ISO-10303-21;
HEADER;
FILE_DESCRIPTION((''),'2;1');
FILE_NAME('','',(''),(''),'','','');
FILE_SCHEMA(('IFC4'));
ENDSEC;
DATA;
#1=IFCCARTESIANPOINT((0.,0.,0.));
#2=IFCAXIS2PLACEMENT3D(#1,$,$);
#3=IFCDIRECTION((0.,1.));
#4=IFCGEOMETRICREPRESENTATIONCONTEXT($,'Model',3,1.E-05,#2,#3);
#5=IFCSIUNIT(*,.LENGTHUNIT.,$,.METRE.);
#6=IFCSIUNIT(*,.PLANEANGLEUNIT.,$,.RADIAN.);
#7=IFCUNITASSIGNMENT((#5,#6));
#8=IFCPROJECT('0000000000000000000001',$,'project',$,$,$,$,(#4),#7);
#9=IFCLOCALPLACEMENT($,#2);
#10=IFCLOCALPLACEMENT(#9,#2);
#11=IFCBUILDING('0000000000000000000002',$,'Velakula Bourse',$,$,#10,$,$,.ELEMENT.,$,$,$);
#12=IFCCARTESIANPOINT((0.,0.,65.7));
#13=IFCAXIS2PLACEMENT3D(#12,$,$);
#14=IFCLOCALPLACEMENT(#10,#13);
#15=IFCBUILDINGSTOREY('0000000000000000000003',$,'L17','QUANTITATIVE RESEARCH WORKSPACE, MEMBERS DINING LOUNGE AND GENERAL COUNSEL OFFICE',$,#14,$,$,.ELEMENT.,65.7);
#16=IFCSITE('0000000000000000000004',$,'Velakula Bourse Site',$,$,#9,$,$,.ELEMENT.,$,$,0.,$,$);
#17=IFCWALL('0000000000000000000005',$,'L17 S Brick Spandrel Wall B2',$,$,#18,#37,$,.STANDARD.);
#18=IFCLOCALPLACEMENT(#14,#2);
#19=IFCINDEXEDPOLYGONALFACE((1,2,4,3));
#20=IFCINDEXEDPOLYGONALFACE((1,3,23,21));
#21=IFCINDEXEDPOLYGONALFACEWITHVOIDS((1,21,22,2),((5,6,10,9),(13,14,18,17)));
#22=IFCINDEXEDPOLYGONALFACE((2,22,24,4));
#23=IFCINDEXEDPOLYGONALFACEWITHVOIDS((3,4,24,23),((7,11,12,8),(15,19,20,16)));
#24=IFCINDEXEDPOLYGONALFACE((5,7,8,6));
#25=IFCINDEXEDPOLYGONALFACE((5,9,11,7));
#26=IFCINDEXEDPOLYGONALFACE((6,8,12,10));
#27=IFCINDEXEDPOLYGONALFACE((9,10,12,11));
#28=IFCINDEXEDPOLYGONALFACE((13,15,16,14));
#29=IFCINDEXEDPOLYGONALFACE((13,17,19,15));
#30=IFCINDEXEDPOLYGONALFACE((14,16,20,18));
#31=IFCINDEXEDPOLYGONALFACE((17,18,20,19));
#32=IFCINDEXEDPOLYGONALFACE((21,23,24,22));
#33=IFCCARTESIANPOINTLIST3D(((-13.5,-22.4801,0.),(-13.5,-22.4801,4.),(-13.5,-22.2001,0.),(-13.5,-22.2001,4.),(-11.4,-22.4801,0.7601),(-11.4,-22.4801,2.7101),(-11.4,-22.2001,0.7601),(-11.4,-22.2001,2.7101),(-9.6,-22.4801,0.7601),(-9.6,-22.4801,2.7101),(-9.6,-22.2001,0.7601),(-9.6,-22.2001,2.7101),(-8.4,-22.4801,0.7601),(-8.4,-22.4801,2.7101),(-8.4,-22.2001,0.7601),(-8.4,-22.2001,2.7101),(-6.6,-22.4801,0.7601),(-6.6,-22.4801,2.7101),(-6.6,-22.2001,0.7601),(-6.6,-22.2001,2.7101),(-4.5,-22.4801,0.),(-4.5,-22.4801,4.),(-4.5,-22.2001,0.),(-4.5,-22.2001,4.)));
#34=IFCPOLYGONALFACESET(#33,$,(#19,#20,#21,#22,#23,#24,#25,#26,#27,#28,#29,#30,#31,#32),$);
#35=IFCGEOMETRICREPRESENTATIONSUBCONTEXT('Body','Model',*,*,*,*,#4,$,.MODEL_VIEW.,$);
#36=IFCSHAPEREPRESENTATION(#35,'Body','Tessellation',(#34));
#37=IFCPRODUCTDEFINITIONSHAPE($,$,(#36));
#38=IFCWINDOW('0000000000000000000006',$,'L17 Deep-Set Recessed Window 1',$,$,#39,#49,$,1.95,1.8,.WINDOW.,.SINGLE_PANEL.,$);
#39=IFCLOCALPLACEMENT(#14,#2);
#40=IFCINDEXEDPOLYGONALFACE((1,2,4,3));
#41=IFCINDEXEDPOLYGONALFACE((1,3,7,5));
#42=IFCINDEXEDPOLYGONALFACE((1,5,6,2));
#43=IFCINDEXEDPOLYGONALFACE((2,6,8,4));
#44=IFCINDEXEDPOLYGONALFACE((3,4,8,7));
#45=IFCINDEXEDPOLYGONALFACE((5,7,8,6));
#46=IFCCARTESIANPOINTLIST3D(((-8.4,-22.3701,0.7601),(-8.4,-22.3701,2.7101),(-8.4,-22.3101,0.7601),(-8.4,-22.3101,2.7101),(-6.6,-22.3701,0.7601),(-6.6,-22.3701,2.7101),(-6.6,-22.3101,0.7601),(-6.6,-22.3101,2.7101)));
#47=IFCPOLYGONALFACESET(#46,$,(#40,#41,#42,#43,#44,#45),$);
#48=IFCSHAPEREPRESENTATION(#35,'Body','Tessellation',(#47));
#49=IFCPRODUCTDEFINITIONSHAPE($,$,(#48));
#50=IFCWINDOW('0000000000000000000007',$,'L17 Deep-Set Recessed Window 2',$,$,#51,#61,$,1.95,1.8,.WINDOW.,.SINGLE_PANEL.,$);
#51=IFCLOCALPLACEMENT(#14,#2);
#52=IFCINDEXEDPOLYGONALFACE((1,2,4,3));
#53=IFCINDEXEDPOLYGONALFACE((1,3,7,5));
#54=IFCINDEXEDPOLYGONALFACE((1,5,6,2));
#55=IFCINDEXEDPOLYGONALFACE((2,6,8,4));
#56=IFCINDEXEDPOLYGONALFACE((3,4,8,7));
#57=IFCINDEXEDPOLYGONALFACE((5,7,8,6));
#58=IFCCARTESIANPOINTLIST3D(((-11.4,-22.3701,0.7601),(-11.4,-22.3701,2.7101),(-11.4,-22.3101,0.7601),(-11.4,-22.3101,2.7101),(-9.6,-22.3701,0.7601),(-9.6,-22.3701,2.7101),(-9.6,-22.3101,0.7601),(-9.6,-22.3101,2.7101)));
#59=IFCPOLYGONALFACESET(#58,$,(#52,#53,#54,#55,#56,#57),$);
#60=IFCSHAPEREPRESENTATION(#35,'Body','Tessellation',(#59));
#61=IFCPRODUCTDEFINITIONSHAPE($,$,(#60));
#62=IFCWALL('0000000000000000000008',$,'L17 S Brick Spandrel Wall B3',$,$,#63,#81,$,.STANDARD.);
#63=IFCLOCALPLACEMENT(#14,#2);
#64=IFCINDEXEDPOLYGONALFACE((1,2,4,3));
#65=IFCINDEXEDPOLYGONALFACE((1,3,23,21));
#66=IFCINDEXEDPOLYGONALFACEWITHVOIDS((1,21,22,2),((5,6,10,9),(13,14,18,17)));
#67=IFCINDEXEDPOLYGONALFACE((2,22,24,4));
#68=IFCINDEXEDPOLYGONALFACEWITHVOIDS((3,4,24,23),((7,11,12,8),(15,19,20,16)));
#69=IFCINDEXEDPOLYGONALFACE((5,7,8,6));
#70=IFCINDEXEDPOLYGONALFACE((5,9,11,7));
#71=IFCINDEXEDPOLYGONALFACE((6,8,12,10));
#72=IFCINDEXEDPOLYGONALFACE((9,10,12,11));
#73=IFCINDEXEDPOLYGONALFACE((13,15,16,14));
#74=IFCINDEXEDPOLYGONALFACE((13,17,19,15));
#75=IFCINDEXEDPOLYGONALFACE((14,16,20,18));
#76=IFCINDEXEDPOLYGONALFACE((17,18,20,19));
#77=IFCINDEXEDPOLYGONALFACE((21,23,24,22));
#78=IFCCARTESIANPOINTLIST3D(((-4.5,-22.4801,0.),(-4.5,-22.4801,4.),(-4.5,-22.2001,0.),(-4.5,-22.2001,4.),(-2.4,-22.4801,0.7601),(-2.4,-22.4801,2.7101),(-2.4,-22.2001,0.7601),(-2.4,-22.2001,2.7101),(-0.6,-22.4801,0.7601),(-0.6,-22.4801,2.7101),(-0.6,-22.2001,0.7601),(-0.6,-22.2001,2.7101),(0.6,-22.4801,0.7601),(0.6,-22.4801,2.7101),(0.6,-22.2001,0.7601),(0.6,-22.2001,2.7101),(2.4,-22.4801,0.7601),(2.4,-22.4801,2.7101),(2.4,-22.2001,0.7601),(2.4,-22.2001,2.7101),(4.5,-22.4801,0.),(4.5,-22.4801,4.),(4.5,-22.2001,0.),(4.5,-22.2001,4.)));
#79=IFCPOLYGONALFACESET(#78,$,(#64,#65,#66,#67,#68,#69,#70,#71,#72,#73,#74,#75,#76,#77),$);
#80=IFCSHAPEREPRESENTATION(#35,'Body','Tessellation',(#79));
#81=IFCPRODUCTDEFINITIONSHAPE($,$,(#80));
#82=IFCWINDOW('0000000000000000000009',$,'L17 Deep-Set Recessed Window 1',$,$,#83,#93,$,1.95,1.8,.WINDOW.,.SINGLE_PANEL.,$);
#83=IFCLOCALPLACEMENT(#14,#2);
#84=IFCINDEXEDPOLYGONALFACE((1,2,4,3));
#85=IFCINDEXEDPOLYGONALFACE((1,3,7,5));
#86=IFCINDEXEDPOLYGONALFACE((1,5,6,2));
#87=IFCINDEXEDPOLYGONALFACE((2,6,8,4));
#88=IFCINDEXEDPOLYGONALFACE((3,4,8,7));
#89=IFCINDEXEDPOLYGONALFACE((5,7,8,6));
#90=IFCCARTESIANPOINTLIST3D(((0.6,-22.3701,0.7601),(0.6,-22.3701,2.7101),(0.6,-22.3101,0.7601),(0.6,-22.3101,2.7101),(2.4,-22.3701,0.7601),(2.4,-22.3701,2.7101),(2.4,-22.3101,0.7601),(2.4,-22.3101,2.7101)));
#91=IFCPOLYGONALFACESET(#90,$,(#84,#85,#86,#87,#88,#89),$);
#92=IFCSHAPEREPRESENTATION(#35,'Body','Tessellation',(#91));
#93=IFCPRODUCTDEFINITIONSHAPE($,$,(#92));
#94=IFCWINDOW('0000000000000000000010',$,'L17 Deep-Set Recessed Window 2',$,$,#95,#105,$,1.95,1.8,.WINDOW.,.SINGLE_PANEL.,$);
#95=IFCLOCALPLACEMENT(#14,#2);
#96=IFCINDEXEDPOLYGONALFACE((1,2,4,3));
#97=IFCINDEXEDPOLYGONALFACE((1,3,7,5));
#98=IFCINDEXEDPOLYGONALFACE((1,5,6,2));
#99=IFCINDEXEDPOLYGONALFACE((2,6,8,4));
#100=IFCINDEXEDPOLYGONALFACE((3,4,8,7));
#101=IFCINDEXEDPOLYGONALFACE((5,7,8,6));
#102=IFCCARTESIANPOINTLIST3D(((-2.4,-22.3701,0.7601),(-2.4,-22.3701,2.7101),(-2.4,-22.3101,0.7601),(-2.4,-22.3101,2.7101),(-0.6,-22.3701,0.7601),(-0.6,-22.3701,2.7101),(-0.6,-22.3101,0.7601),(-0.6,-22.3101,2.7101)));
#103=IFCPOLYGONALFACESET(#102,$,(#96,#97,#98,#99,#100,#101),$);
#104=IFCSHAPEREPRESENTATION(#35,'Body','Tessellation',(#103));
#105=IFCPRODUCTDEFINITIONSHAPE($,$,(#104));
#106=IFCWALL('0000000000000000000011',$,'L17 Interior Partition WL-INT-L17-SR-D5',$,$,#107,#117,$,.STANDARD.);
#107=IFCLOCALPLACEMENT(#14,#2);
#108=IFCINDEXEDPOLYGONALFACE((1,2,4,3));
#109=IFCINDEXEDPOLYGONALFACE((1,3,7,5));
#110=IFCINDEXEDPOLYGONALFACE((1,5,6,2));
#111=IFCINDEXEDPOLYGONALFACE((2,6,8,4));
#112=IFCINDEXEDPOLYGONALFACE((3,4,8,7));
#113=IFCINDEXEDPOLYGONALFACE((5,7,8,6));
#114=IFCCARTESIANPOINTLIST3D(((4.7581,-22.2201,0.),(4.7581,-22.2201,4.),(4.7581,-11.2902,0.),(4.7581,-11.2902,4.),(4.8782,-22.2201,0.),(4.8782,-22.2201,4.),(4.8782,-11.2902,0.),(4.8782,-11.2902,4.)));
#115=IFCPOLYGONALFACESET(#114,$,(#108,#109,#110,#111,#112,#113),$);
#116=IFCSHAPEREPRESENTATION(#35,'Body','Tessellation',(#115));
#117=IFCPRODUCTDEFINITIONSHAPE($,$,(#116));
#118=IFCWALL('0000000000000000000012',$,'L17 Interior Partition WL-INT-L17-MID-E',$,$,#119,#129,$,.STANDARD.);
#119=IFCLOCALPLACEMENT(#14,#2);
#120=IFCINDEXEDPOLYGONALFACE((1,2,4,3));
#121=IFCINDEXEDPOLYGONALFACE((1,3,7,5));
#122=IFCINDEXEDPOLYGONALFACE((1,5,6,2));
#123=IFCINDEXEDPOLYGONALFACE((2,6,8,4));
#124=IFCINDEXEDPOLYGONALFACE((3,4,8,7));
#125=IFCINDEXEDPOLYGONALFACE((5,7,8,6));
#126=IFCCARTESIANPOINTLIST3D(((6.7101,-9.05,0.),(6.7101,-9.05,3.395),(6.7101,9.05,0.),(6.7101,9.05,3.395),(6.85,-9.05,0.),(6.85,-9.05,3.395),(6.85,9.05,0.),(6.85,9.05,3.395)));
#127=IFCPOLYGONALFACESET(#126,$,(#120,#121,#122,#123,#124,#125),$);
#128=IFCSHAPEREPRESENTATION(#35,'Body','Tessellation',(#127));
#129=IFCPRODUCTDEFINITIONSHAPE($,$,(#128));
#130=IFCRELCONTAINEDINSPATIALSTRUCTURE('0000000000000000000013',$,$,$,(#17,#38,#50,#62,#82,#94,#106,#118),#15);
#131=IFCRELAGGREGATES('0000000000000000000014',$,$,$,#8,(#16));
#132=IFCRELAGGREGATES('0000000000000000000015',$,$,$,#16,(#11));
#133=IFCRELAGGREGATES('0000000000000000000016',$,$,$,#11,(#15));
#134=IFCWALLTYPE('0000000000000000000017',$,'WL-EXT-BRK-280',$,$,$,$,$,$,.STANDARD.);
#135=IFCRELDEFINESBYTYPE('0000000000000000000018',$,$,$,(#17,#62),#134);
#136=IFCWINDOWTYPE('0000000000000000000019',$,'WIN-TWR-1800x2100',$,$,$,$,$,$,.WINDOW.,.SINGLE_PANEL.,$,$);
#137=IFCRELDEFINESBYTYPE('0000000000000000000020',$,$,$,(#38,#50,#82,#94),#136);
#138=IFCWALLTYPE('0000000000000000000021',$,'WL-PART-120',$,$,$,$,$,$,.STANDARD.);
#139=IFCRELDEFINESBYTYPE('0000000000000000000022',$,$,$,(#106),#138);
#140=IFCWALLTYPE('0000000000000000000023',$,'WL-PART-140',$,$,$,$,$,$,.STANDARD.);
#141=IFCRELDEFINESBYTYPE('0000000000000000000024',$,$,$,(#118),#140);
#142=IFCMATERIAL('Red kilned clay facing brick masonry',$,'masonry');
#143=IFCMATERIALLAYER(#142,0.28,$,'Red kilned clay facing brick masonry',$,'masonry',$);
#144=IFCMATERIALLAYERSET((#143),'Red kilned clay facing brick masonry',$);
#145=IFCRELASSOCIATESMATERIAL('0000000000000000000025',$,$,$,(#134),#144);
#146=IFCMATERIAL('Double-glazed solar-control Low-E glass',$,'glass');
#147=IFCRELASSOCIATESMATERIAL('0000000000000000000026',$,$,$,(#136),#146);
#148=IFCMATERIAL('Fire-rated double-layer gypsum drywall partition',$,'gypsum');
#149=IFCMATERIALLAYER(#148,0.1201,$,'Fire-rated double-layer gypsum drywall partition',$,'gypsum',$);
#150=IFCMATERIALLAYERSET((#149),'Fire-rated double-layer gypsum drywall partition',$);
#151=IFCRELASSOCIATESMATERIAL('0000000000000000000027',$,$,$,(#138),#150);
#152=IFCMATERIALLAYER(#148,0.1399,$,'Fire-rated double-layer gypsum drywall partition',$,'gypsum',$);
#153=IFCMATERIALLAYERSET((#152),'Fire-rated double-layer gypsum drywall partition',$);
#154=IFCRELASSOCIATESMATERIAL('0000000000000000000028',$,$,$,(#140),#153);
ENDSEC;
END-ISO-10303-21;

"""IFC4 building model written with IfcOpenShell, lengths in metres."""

from ifc_helpers import new_model, si_unit, direction, frame, frame_2d, origin, place, context, subcontext, project, spatial, rectangle, extrude, material, layer, layer_set, type_object, element, fill, save


model = new_model("IFC4")

# Units and contexts
model_context = context("Model", 3, precision=1e-05, world=origin(), true_north=direction((0.0, 1.0)))
body_context = subcontext(model_context, "Body", "Model", "MODEL_VIEW")
ifc_project = project(units=[si_unit("LENGTHUNIT", "METRE"), si_unit("PLANEANGLEUNIT", "RADIAN")], contexts=[model_context])

# Site, building, storey
site_placement = place(None, origin())
site = spatial("IfcSite", under=ifc_project, at=site_placement, Name="Velakula Bourse Site", CompositionType="ELEMENT", RefElevation=0.0)
building_placement = place(site_placement, origin())
building = spatial("IfcBuilding", under=site, at=building_placement, Name="Velakula Bourse", CompositionType="ELEMENT")
storey_placement = place(building_placement, frame((0.0, 0.0, 65.7)))
storey = spatial("IfcBuildingStorey", under=building, at=storey_placement, Name="L17", Description="QUANTITATIVE RESEARCH WORKSPACE, MEMBERS DINING LOUNGE AND GENERAL COUNSEL OFFICE", CompositionType="ELEMENT", Elevation=65.7)

# Walls, openings, windows
ifc_material_1 = material(Name="Red kilned clay facing brick masonry", Category="masonry")
ifc_layer_1 = layer(ifc_material_1, 0.28, Name="Red kilned clay facing brick masonry", Category="masonry")
ifc_layer_set_1 = layer_set([ifc_layer_1], Name="Red kilned clay facing brick masonry")
wall_type_1 = type_object("IfcWallType", Name="WL-EXT-BRK-280", PredefinedType="STANDARD", material=ifc_layer_set_1)
wall_1_placement = place(storey_placement, frame((-4.5, -22.3401, 0.0), z_axis=(0.0, 0.0, 1.0), x_axis=(-1.0, 0.0, 0.0)))
wall_1 = element("IfcWall", 1, at=wall_1_placement, inside=storey, type_object=wall_type_1, Name="L17 S Brick Spandrel Wall B2", PredefinedType="STANDARD", context=body_context, shape_type="SweptSolid", body=[
    extrude(rectangle(XDim=9.0, YDim=0.28, at=frame_2d((4.5, 0.0))), origin(), (0.0, 0.0, 1.0), 4.0),
])
opening_1_placement = place(wall_1_placement, frame((2.1001, 0.0, 0.76)))
opening_1 = element("IfcOpeningElement", 2, at=opening_1_placement, cuts=wall_1, PredefinedType="OPENING", context=body_context, shape_type="SweptSolid", body=[
    extrude(rectangle(XDim=1.8, YDim=1.95, at=frame_2d((0.8999, 0.9751))), frame((0.0, 0.1499, 0.0), z_axis=(0.0, -1.0, 0.0), x_axis=(1.0, 0.0, 0.0)), (0.0, 0.0, 1.0), 0.3),
])
opening_2_placement = place(wall_1_placement, frame((5.1001, 0.0, 0.76)))
opening_2 = element("IfcOpeningElement", 3, at=opening_2_placement, cuts=wall_1, PredefinedType="OPENING", context=body_context, shape_type="SweptSolid", body=[
    extrude(rectangle(XDim=1.8, YDim=1.95, at=frame_2d((0.8999, 0.9751))), frame((0.0, 0.1499, 0.0), z_axis=(0.0, -1.0, 0.0), x_axis=(1.0, 0.0, 0.0)), (0.0, 0.0, 1.0), 0.3),
])
ifc_material_2 = material(Name="Double-glazed solar-control Low-E glass", Category="glass")
window_type = type_object("IfcWindowType", Name="WIN-TWR-1800x2100", PartitioningType="SINGLE_PANEL", PredefinedType="WINDOW", material=ifc_material_2)
window_1_placement = place(opening_1_placement, origin())
window_1 = element("IfcWindow", 4, at=window_1_placement, inside=storey, type_object=window_type, Name="L17 Deep-Set Recessed Window 1", OverallHeight=1.95, OverallWidth=1.8, PartitioningType="SINGLE_PANEL", PredefinedType="WINDOW", context=body_context, shape_type="SweptSolid", body=[
    extrude(rectangle(XDim=1.8, YDim=1.95, at=frame_2d((0.8999, 0.9751))), frame((0.0, 0.03, 0.0), z_axis=(0.0, -1.0, 0.0), x_axis=(1.0, 0.0, 0.0)), (0.0, 0.0, 1.0), 0.0601),
])
fill(opening_1, window_1)
window_2_placement = place(opening_2_placement, origin())
window_2 = element("IfcWindow", 5, at=window_2_placement, inside=storey, type_object=window_type, Name="L17 Deep-Set Recessed Window 2", OverallHeight=1.95, OverallWidth=1.8, PartitioningType="SINGLE_PANEL", PredefinedType="WINDOW", context=body_context, shape_type="SweptSolid", body=[
    extrude(rectangle(XDim=1.8, YDim=1.95, at=frame_2d((0.8999, 0.9751))), frame((0.0, 0.03, 0.0), z_axis=(0.0, -1.0, 0.0), x_axis=(1.0, 0.0, 0.0)), (0.0, 0.0, 1.0), 0.0601),
])
fill(opening_2, window_2)
wall_2_placement = place(storey_placement, frame((4.5, -22.3401, 0.0), z_axis=(0.0, 0.0, 1.0), x_axis=(-1.0, 0.0, 0.0)))
wall_2 = element("IfcWall", 6, at=wall_2_placement, inside=storey, type_object=wall_type_1, Name="L17 S Brick Spandrel Wall B3", PredefinedType="STANDARD", context=body_context, shape_type="SweptSolid", body=[
    extrude(rectangle(XDim=9.0, YDim=0.28, at=frame_2d((4.5, 0.0))), origin(), (0.0, 0.0, 1.0), 4.0),
])
opening_3_placement = place(wall_2_placement, frame((2.1001, 0.0, 0.76)))
opening_3 = element("IfcOpeningElement", 7, at=opening_3_placement, cuts=wall_2, PredefinedType="OPENING", context=body_context, shape_type="SweptSolid", body=[
    extrude(rectangle(XDim=1.8, YDim=1.95, at=frame_2d((0.8999, 0.9751))), frame((0.0, 0.1499, 0.0), z_axis=(0.0, -1.0, 0.0), x_axis=(1.0, 0.0, 0.0)), (0.0, 0.0, 1.0), 0.3),
])
opening_4_placement = place(wall_2_placement, frame((5.1001, 0.0, 0.76)))
opening_4 = element("IfcOpeningElement", 8, at=opening_4_placement, cuts=wall_2, PredefinedType="OPENING", context=body_context, shape_type="SweptSolid", body=[
    extrude(rectangle(XDim=1.8, YDim=1.95, at=frame_2d((0.8999, 0.9751))), frame((0.0, 0.1499, 0.0), z_axis=(0.0, -1.0, 0.0), x_axis=(1.0, 0.0, 0.0)), (0.0, 0.0, 1.0), 0.3),
])
window_3_placement = place(opening_3_placement, origin())
window_3 = element("IfcWindow", 9, at=window_3_placement, inside=storey, type_object=window_type, Name="L17 Deep-Set Recessed Window 1", OverallHeight=1.95, OverallWidth=1.8, PartitioningType="SINGLE_PANEL", PredefinedType="WINDOW", context=body_context, shape_type="SweptSolid", body=[
    extrude(rectangle(XDim=1.8, YDim=1.95, at=frame_2d((0.8999, 0.9751))), frame((0.0, 0.03, 0.0), z_axis=(0.0, -1.0, 0.0), x_axis=(1.0, 0.0, 0.0)), (0.0, 0.0, 1.0), 0.0601),
])
fill(opening_3, window_3)
window_4_placement = place(opening_4_placement, origin())
window_4 = element("IfcWindow", 10, at=window_4_placement, inside=storey, type_object=window_type, Name="L17 Deep-Set Recessed Window 2", OverallHeight=1.95, OverallWidth=1.8, PartitioningType="SINGLE_PANEL", PredefinedType="WINDOW", context=body_context, shape_type="SweptSolid", body=[
    extrude(rectangle(XDim=1.8, YDim=1.95, at=frame_2d((0.8999, 0.9751))), frame((0.0, 0.03, 0.0), z_axis=(0.0, -1.0, 0.0), x_axis=(1.0, 0.0, 0.0)), (0.0, 0.0, 1.0), 0.0601),
])
fill(opening_4, window_4)

# Walls
ifc_material_3 = material(Name="Fire-rated double-layer gypsum drywall partition", Category="gypsum")
ifc_layer_2 = layer(ifc_material_3, 0.1201, Name="Fire-rated double-layer gypsum drywall partition", Category="gypsum")
ifc_layer_set_2 = layer_set([ifc_layer_2], Name="Fire-rated double-layer gypsum drywall partition")
wall_type_2 = type_object("IfcWallType", Name="WL-PART-120", PredefinedType="STANDARD", material=ifc_layer_set_2)
wall_3_placement = place(storey_placement, frame((4.8181, -22.22, 0.0), z_axis=(0.0, 0.0, 1.0), x_axis=(0.0, 1.0, 0.0)))
element("IfcWall", 11, at=wall_3_placement, inside=storey, type_object=wall_type_2, Name="L17 Interior Partition WL-INT-L17-SR-D5", PredefinedType="STANDARD", context=body_context, shape_type="SweptSolid", body=[
    extrude(rectangle(XDim=10.9299, YDim=0.1201, at=frame_2d((5.4648, 0.0))), origin(), (0.0, 0.0, 1.0), 4.0),
])
ifc_layer_3 = layer(ifc_material_3, 0.1399, Name="Fire-rated double-layer gypsum drywall partition", Category="gypsum")
ifc_layer_set_3 = layer_set([ifc_layer_3], Name="Fire-rated double-layer gypsum drywall partition")
wall_type_3 = type_object("IfcWallType", Name="WL-PART-140", PredefinedType="STANDARD", material=ifc_layer_set_3)
wall_4_placement = place(storey_placement, frame((6.78, -9.05, 0.0), z_axis=(0.0, 0.0, 1.0), x_axis=(0.0, 1.0, 0.0)))
element("IfcWall", 12, at=wall_4_placement, inside=storey, type_object=wall_type_3, Name="L17 Interior Partition WL-INT-L17-MID-E", PredefinedType="STANDARD", context=body_context, shape_type="SweptSolid", body=[
    extrude(rectangle(XDim=18.1001, YDim=0.1399, at=frame_2d((9.05, 0.0))), origin(), (0.0, 0.0, 1.0), 3.395),
])

save(model, "model.ifc")
